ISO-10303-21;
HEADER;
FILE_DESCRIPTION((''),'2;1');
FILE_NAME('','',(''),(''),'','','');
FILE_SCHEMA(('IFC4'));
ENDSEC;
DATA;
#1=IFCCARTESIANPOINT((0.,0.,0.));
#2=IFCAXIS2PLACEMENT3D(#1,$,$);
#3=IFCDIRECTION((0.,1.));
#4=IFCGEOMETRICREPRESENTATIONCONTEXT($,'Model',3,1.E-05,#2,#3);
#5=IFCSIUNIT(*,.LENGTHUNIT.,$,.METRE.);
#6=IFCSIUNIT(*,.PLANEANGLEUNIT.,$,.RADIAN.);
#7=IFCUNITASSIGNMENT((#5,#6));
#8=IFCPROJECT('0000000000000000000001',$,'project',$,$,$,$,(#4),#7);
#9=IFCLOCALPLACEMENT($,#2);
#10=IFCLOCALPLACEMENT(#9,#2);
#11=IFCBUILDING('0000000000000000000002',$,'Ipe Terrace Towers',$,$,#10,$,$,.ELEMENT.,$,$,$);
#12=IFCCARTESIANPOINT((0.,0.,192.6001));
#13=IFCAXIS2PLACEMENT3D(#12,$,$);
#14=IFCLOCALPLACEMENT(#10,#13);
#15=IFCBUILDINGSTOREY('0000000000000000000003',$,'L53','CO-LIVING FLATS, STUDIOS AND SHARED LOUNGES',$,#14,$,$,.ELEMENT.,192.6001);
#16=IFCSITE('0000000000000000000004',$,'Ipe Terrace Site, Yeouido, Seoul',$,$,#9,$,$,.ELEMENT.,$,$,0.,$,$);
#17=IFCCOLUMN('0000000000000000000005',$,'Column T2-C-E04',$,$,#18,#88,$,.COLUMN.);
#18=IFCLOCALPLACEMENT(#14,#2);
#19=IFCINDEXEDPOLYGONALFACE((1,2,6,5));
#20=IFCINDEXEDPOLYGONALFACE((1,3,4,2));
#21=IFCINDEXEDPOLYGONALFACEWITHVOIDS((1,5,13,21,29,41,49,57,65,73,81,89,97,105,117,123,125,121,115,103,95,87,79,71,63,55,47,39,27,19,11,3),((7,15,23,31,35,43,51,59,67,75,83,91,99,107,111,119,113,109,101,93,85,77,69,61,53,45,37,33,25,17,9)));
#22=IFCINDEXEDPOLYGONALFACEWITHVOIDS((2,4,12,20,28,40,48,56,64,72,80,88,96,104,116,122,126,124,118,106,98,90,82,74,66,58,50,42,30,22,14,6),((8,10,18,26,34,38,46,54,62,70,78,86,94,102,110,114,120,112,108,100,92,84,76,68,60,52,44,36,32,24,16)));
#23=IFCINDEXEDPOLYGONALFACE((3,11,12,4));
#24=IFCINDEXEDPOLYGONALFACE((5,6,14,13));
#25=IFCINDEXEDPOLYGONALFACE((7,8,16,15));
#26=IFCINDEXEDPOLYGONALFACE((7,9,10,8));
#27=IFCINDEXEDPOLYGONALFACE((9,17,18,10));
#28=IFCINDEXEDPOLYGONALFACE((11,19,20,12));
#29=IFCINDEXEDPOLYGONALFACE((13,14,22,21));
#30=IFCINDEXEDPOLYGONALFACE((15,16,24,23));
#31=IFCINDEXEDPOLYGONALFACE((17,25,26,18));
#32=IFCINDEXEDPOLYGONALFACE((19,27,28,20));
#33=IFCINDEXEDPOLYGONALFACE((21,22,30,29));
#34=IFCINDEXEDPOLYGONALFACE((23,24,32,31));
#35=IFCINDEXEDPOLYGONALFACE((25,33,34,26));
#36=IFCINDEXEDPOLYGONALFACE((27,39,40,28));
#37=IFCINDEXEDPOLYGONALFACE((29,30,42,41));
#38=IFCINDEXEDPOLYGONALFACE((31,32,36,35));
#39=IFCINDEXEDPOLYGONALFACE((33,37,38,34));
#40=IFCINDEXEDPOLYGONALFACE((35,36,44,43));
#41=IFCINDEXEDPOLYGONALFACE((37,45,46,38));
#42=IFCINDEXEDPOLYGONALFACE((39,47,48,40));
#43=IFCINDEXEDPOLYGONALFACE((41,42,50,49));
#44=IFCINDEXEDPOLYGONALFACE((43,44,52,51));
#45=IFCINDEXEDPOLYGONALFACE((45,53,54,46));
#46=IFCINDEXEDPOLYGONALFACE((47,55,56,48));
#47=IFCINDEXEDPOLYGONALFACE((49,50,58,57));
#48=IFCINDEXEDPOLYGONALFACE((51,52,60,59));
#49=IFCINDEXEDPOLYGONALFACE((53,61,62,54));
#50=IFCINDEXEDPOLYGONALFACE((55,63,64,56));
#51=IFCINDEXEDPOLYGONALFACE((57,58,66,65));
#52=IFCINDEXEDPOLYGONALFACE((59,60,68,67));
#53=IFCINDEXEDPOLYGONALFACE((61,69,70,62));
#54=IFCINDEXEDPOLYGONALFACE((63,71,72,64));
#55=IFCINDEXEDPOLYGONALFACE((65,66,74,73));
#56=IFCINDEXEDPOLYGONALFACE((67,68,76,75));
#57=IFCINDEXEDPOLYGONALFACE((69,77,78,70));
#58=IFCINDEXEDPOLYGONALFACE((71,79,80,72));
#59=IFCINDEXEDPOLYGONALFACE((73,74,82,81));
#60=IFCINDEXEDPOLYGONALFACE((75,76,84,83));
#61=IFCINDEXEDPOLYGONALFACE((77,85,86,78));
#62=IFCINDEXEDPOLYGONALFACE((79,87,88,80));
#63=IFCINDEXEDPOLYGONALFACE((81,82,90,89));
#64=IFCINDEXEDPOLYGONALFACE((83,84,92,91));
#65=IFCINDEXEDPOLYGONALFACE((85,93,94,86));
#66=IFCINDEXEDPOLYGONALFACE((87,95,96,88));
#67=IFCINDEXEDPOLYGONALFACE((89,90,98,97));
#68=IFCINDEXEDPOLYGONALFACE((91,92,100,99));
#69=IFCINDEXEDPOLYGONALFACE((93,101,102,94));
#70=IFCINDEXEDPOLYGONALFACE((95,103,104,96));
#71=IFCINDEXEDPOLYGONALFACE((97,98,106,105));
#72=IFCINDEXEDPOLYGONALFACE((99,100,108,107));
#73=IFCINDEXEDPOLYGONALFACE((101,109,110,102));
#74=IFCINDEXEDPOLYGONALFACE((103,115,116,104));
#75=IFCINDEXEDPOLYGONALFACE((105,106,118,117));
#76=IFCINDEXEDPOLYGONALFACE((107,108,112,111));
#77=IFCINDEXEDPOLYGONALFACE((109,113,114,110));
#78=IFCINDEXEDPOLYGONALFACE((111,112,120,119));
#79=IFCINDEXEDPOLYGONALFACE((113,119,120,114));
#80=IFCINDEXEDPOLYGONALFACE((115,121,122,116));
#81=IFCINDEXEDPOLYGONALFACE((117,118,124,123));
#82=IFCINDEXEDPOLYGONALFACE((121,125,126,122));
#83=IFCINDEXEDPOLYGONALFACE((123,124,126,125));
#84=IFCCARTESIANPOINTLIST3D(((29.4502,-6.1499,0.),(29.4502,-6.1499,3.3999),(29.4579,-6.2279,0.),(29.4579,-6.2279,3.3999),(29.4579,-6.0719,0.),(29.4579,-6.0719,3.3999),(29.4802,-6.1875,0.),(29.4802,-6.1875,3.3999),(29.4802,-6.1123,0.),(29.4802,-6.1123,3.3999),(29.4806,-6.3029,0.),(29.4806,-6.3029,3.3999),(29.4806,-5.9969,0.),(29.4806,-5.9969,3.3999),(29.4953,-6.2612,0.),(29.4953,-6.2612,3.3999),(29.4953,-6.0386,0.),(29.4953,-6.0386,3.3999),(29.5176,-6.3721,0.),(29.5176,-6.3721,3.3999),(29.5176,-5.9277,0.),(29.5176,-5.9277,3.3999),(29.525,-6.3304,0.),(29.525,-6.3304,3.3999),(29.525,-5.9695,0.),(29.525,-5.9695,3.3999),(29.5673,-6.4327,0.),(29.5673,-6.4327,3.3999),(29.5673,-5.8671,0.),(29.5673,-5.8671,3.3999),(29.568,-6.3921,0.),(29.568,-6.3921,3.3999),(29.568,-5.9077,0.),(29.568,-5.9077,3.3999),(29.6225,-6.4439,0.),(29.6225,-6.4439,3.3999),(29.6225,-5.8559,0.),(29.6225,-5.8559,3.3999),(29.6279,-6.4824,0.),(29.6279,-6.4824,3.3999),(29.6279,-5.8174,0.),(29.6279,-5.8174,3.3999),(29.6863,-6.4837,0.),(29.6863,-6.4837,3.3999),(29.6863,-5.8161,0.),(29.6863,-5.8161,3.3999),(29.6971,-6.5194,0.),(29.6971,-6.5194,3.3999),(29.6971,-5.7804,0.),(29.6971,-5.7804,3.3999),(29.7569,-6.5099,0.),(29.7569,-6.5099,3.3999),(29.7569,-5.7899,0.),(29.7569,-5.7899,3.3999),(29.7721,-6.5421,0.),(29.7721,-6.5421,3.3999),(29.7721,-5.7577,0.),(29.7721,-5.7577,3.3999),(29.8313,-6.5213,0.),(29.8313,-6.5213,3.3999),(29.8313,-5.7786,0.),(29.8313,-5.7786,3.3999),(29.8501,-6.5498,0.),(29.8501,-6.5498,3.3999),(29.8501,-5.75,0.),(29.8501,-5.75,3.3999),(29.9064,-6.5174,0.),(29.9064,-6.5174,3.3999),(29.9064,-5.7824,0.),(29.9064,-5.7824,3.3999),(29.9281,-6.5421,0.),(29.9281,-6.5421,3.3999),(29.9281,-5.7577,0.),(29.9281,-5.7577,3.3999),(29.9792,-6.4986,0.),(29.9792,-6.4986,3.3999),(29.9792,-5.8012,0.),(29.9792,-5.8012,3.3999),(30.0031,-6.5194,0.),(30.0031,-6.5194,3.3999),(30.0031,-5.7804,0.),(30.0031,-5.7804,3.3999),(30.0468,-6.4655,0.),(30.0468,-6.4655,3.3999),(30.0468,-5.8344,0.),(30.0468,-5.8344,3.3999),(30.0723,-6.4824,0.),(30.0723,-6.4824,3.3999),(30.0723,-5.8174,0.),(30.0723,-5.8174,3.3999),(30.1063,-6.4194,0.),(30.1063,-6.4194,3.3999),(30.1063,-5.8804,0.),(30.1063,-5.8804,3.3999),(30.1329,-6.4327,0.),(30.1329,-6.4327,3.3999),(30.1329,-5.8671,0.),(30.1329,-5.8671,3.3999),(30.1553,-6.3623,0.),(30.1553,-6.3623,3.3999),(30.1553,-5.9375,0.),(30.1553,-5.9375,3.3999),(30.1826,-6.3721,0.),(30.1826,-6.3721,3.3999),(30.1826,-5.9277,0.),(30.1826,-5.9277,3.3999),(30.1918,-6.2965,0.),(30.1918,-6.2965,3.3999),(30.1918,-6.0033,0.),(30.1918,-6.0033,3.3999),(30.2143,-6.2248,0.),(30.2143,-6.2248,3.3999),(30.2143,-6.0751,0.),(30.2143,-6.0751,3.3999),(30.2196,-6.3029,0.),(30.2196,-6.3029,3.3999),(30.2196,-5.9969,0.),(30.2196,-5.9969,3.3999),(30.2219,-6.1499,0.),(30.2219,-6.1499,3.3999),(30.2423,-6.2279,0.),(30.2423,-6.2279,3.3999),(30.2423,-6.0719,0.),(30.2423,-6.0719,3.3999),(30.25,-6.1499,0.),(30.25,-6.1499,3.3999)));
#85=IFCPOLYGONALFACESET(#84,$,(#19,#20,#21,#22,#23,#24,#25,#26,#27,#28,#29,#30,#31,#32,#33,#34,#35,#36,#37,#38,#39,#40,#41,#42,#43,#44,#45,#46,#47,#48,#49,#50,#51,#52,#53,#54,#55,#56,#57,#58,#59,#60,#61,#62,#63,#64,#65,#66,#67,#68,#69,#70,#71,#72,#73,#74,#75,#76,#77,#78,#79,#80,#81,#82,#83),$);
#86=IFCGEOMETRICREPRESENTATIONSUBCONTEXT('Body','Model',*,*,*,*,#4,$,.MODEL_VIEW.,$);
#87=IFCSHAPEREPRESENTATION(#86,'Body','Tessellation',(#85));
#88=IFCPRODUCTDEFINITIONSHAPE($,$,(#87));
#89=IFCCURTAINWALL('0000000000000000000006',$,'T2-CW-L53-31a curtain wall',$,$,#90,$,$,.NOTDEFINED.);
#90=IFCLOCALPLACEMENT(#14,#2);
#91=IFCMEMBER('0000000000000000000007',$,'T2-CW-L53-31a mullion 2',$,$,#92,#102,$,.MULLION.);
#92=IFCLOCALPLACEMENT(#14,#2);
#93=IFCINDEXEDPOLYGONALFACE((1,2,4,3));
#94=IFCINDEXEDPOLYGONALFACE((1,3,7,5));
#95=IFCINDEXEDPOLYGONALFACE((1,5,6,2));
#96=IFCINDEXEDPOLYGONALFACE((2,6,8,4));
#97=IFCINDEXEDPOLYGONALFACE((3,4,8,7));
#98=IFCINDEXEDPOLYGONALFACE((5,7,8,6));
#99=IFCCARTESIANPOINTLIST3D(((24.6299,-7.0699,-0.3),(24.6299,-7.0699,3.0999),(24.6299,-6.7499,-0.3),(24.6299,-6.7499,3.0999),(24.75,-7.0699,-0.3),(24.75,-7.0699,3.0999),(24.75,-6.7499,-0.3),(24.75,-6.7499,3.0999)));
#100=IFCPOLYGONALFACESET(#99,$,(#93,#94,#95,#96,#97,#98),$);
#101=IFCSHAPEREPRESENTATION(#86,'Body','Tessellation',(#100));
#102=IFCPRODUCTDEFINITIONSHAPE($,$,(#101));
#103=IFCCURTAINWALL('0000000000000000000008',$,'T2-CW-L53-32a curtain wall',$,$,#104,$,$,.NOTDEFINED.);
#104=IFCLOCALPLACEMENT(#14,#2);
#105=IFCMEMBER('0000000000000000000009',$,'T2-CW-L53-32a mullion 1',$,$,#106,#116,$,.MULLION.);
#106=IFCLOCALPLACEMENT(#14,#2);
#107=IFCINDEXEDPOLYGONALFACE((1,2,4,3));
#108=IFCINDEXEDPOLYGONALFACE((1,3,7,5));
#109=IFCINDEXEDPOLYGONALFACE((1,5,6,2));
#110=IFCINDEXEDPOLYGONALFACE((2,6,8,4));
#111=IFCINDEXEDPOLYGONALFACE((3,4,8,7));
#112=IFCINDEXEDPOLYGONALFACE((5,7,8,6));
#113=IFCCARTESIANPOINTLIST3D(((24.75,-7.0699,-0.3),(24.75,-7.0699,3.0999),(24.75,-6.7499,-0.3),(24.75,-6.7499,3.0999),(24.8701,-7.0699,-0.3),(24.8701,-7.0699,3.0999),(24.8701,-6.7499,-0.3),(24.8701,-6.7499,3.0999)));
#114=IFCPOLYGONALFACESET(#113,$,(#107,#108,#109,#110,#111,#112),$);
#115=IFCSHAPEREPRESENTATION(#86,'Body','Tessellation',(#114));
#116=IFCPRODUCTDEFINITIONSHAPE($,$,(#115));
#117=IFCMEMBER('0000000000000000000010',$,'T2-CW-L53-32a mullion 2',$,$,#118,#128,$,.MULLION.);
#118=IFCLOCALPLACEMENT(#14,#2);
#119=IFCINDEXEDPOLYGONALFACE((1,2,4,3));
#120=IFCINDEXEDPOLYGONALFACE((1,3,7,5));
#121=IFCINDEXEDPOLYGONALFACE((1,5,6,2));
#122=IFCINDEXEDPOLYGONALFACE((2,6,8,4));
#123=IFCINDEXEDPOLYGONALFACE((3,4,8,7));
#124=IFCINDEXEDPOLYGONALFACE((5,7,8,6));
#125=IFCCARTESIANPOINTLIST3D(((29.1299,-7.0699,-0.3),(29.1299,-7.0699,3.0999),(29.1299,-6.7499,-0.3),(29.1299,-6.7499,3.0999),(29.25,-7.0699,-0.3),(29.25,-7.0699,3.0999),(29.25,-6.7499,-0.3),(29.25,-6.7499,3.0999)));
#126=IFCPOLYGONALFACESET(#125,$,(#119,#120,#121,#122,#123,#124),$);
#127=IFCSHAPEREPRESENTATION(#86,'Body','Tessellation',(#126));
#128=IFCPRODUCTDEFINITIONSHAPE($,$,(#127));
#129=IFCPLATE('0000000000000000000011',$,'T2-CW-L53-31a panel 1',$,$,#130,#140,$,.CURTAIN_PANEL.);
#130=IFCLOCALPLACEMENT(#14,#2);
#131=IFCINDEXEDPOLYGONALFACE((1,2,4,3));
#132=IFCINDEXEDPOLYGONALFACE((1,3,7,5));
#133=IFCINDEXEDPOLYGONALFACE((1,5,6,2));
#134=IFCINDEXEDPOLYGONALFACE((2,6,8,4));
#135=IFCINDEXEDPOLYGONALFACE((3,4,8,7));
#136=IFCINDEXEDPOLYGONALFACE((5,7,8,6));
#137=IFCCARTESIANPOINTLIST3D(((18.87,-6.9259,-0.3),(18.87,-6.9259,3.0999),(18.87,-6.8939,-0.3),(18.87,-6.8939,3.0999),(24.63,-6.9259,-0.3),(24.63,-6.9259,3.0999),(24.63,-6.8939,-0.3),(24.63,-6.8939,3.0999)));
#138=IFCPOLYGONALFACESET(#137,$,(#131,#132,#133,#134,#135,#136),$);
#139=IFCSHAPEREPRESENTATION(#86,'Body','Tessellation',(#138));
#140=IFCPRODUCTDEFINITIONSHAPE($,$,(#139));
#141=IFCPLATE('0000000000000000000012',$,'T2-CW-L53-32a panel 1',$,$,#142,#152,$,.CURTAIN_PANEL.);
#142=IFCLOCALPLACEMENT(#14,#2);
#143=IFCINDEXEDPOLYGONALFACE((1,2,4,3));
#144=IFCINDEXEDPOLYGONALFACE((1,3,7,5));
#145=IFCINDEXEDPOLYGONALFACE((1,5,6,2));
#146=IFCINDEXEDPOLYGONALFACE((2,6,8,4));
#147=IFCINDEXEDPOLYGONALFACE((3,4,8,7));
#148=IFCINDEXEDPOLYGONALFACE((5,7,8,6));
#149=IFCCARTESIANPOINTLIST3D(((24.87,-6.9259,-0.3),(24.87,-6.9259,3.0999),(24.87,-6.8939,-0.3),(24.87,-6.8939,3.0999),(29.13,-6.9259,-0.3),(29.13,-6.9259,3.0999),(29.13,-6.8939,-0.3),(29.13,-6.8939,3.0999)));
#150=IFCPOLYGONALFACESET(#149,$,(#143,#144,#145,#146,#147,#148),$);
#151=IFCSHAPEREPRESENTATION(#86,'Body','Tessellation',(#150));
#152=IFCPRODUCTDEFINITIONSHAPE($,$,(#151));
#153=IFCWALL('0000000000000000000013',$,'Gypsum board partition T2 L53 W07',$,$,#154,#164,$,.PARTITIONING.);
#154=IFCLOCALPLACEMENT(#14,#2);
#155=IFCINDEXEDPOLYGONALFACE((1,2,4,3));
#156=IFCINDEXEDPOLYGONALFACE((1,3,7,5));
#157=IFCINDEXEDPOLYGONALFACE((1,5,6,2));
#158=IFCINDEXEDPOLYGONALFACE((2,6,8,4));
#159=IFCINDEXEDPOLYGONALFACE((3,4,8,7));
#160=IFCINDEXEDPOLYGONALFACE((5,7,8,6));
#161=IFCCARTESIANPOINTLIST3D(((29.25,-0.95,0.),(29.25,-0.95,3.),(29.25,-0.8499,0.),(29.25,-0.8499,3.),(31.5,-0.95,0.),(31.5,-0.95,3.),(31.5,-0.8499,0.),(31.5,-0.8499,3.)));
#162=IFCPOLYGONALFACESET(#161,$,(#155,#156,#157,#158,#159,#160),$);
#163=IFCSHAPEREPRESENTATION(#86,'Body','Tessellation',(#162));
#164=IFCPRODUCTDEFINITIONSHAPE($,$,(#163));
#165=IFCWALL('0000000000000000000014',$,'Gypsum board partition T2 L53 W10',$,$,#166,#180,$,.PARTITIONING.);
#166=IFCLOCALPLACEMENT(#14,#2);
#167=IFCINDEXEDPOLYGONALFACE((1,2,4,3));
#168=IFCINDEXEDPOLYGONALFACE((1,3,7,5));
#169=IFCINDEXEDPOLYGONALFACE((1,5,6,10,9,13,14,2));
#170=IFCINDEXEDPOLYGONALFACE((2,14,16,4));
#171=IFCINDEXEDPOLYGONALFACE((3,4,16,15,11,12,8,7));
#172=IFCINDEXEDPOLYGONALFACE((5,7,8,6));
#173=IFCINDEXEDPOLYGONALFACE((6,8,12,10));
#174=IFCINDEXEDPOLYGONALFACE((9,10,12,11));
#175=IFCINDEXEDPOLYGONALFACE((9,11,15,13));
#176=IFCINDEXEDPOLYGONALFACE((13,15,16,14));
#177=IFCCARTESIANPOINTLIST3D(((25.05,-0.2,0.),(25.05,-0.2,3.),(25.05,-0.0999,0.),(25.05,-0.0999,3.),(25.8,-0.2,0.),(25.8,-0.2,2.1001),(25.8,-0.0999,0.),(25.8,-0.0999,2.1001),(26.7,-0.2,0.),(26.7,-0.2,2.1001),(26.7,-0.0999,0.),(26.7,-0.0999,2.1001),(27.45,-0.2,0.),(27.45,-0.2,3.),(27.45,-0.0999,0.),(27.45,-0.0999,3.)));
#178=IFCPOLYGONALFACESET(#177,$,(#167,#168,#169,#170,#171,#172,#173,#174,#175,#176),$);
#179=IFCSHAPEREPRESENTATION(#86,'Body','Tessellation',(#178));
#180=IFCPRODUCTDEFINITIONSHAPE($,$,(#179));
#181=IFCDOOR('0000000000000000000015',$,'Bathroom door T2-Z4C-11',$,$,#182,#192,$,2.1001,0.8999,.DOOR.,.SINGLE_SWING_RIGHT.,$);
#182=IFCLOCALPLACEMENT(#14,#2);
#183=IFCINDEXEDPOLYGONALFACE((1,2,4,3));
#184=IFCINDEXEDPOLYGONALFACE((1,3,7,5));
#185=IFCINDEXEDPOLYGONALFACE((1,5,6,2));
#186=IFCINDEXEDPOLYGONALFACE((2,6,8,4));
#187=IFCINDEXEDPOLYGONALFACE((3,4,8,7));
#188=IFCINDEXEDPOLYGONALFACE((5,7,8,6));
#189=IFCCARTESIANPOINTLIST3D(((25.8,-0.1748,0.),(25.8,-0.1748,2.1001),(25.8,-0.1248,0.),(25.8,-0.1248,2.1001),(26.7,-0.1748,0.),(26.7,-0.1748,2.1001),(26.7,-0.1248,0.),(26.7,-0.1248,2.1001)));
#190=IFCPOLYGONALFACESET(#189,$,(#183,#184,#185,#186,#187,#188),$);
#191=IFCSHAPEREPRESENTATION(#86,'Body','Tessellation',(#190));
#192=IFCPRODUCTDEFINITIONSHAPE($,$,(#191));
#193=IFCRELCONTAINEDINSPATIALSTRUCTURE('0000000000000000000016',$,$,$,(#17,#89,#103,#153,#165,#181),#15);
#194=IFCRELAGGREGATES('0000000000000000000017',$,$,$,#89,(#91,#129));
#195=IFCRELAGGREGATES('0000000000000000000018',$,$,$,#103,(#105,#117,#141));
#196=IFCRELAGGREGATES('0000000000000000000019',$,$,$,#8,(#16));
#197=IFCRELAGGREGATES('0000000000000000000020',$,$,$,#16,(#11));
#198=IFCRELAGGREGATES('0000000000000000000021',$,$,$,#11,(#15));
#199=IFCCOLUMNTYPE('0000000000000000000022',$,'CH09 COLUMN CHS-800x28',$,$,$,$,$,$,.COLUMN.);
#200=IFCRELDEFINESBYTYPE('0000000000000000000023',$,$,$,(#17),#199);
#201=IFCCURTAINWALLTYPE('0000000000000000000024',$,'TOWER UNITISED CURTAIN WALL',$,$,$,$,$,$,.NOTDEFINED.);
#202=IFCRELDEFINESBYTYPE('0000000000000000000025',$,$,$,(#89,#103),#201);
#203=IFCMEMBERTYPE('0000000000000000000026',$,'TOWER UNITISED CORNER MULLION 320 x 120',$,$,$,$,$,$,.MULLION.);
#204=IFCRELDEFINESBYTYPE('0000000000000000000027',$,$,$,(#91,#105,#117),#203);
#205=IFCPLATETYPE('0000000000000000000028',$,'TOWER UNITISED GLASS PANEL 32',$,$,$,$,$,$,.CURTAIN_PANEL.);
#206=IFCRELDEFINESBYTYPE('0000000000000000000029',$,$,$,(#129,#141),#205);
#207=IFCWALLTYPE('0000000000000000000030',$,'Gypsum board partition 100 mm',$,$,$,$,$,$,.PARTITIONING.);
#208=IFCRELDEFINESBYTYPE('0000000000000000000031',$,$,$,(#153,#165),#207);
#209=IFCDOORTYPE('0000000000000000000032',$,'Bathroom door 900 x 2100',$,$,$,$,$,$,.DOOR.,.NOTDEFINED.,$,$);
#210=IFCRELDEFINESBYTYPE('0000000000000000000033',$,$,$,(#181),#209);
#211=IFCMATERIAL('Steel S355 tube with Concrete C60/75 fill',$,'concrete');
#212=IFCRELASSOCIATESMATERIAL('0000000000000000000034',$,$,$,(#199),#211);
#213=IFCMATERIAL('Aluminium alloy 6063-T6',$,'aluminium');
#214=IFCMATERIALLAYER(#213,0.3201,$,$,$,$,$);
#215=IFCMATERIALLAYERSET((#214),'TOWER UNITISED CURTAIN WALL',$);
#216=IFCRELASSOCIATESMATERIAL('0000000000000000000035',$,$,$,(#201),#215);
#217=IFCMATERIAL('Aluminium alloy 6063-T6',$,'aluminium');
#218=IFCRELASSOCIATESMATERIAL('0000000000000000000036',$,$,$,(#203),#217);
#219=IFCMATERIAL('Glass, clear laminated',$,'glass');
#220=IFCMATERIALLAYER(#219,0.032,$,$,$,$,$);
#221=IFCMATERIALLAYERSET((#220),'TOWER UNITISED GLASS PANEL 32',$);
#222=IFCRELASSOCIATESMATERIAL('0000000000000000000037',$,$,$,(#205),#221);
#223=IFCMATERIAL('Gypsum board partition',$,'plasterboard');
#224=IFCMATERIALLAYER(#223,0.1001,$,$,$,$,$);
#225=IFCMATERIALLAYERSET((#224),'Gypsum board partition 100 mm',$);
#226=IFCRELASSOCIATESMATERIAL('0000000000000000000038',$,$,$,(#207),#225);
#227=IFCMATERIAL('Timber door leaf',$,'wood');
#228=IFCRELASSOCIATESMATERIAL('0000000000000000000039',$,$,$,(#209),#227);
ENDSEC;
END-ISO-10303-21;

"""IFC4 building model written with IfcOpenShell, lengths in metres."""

from ifc_helpers import new_model, si_unit, direction, frame, frame_2d, origin, origin_2d, place, context, subcontext, project, spatial, rectangle, hollow_circle, extrude, material, layer, layer_set, material_profile, profile_set, type_object, element, fill, aggregate, save


model = new_model("IFC4")

# Units and contexts
model_context = context("Model", 3, precision=1e-05, world=origin(), true_north=direction((0.0, 1.0)))
body_context = subcontext(model_context, "Body", "Model", "MODEL_VIEW")
ifc_project = project(units=[si_unit("LENGTHUNIT", "METRE"), si_unit("PLANEANGLEUNIT", "RADIAN")], contexts=[model_context])

# Site, building, storey
site_placement = place(None, origin())
site = spatial("IfcSite", under=ifc_project, at=site_placement, Name="Ipe Terrace Site, Yeouido, Seoul", CompositionType="ELEMENT", RefElevation=0.0)
building_placement = place(site_placement, origin())
building = spatial("IfcBuilding", under=site, at=building_placement, Name="Ipe Terrace Towers", CompositionType="ELEMENT")
storey_placement = place(building_placement, frame((0.0, 0.0, 192.6001)))
storey = spatial("IfcBuildingStorey", under=building, at=storey_placement, Name="L53", Description="CO-LIVING FLATS, STUDIOS AND SHARED LOUNGES", CompositionType="ELEMENT", Elevation=192.6001)

# Column
ifc_material_1 = material(Name="Steel S355 tube with Concrete C60/75 fill", Category="concrete")
ifc_material_profile_1 = material_profile(ifc_material_1, hollow_circle(Radius=0.3999, WallThickness=0.0281, at=origin_2d()), Name="CHS-800x28")
ifc_profile_set_1 = profile_set([ifc_material_profile_1], Name="Steel S355 tube with Concrete C60/75 fill")
column_type = type_object("IfcColumnType", Name="CH09 COLUMN CHS-800x28", PredefinedType="COLUMN", material=ifc_profile_set_1)
column_placement = place(storey_placement, frame((29.8501, -6.1499, 0.0), z_axis=(0.0, 0.0, 1.0), x_axis=(1.0, 0.0, 0.0)))
element("IfcColumn", 1, at=column_placement, inside=storey, type_object=column_type, Name="Column T2-C-E04", PredefinedType="COLUMN", context=body_context, shape_type="SweptSolid", body=[
    extrude(hollow_circle(Radius=0.3999, WallThickness=0.0281, at=origin_2d()), origin(), (0.0, 0.0, 1.0), 3.3999),
])

# Curtain wall, member
ifc_material_2 = material(Name="Aluminium alloy 6063-T6", Category="aluminium")
ifc_layer_1 = layer(ifc_material_2, 0.3201)
ifc_layer_set_1 = layer_set([ifc_layer_1], Name="TOWER UNITISED CURTAIN WALL")
curtain_wall_type = type_object("IfcCurtainWallType", Name="TOWER UNITISED CURTAIN WALL", PredefinedType="NOTDEFINED", material=ifc_layer_set_1)
curtain_wall_1_placement = place(storey_placement, origin())
curtain_wall_1 = element("IfcCurtainWall", 2, at=curtain_wall_1_placement, inside=storey, type_object=curtain_wall_type, Name="T2-CW-L53-31a curtain wall", PredefinedType="NOTDEFINED")
ifc_material_3 = material(Name="Aluminium alloy 6063-T6", Category="aluminium")
ifc_material_profile_2 = material_profile(ifc_material_3, rectangle(XDim=0.3201, YDim=0.1201, at=origin_2d()), Name="TOWER UNITISED CORNER MULLION 320 x 120")
ifc_profile_set_2 = profile_set([ifc_material_profile_2], Name="Aluminium alloy 6063-T6")
member_type = type_object("IfcMemberType", Name="TOWER UNITISED CORNER MULLION 320 x 120", PredefinedType="MULLION", material=ifc_profile_set_2)
member_1_placement = place(storey_placement, frame((24.6899, -6.9099, -0.3), z_axis=(0.0, 0.0, 1.0), x_axis=(0.0, -1.0, 0.0)))
member_1 = element("IfcMember", 3, at=member_1_placement, type_object=member_type, Name="T2-CW-L53-31a mullion 2", PredefinedType="MULLION", context=body_context, shape_type="SweptSolid", body=[
    extrude(rectangle(XDim=0.3201, YDim=0.1201, at=origin_2d()), origin(), (0.0, 0.0, 1.0), 3.3999),
])

# Curtain wall, members
curtain_wall_2_placement = place(storey_placement, origin())
curtain_wall_2 = element("IfcCurtainWall", 4, at=curtain_wall_2_placement, inside=storey, type_object=curtain_wall_type, Name="T2-CW-L53-32a curtain wall", PredefinedType="NOTDEFINED")
member_2_placement = place(storey_placement, frame((24.8101, -6.9099, -0.3), z_axis=(0.0, 0.0, 1.0), x_axis=(0.0, -1.0, 0.0)))
member_2 = element("IfcMember", 5, at=member_2_placement, type_object=member_type, Name="T2-CW-L53-32a mullion 1", PredefinedType="MULLION", context=body_context, shape_type="SweptSolid", body=[
    extrude(rectangle(XDim=0.3201, YDim=0.1201, at=origin_2d()), origin(), (0.0, 0.0, 1.0), 3.3999),
])
member_3_placement = place(storey_placement, frame((29.1899, -6.9099, -0.3), z_axis=(0.0, 0.0, 1.0), x_axis=(0.0, -1.0, 0.0)))
member_3 = element("IfcMember", 6, at=member_3_placement, type_object=member_type, Name="T2-CW-L53-32a mullion 2", PredefinedType="MULLION", context=body_context, shape_type="SweptSolid", body=[
    extrude(rectangle(XDim=0.3201, YDim=0.1201, at=origin_2d()), origin(), (0.0, 0.0, 1.0), 3.3999),
])

# Plates
ifc_material_4 = material(Name="Glass, clear laminated", Category="glass")
ifc_layer_2 = layer(ifc_material_4, 0.032)
ifc_layer_set_2 = layer_set([ifc_layer_2], Name="TOWER UNITISED GLASS PANEL 32")
plate_type = type_object("IfcPlateType", Name="TOWER UNITISED GLASS PANEL 32", PredefinedType="CURTAIN_PANEL", material=ifc_layer_set_2)
plate_1_placement = place(storey_placement, frame((21.75, -6.9099, -0.3), z_axis=(0.0, 0.0, 1.0), x_axis=(1.0, 0.0, 0.0)))
plate_1 = element("IfcPlate", 7, at=plate_1_placement, type_object=plate_type, Name="T2-CW-L53-31a panel 1", PredefinedType="CURTAIN_PANEL", context=body_context, shape_type="SweptSolid", body=[
    extrude(rectangle(XDim=5.76, YDim=0.032, at=origin_2d()), origin(), (0.0, 0.0, 1.0), 3.3999),
])
aggregate(curtain_wall_1, [member_1, plate_1])
plate_2_placement = place(storey_placement, frame((27.0, -6.9099, -0.3), z_axis=(0.0, 0.0, 1.0), x_axis=(1.0, 0.0, 0.0)))
plate_2 = element("IfcPlate", 8, at=plate_2_placement, type_object=plate_type, Name="T2-CW-L53-32a panel 1", PredefinedType="CURTAIN_PANEL", context=body_context, shape_type="SweptSolid", body=[
    extrude(rectangle(XDim=4.26, YDim=0.032, at=origin_2d()), origin(), (0.0, 0.0, 1.0), 3.3999),
])
aggregate(curtain_wall_2, [member_2, member_3, plate_2])

# Wall
ifc_material_5 = material(Name="Gypsum board partition", Category="plasterboard")
ifc_layer_3 = layer(ifc_material_5, 0.1001)
ifc_layer_set_3 = layer_set([ifc_layer_3], Name="Gypsum board partition 100 mm")
wall_type_1 = type_object("IfcWallType", Name="Gypsum board partition 100 mm", PredefinedType="PARTITIONING", material=ifc_layer_set_3)
wall_1_placement = place(storey_placement, frame((31.5, -0.8999, 0.0), z_axis=(0.0, 0.0, 1.0), x_axis=(-1.0, 0.0, 0.0)))
element("IfcWall", 9, at=wall_1_placement, inside=storey, type_object=wall_type_1, Name="Gypsum board partition T2 L53 W07", PredefinedType="PARTITIONING", context=body_context, shape_type="SweptSolid", body=[
    extrude(rectangle(XDim=2.25, YDim=0.1001, at=frame_2d((1.125, 0.0))), origin(), (0.0, 0.0, 1.0), 3.0),
])

# Wall, opening, door
wall_2_placement = place(storey_placement, frame((27.45, -0.1499, 0.0), z_axis=(0.0, 0.0, 1.0), x_axis=(-1.0, 0.0, 0.0)))
wall_2 = element("IfcWall", 10, at=wall_2_placement, inside=storey, type_object=wall_type_1, Name="Gypsum board partition T2 L53 W10", PredefinedType="PARTITIONING", context=body_context, shape_type="SweptSolid", body=[
    extrude(rectangle(XDim=2.3999, YDim=0.1001, at=frame_2d((1.2, 0.0))), origin(), (0.0, 0.0, 1.0), 3.0),
])
opening_1_placement = place(wall_2_placement, frame((0.75, 0.0, 0.0)))
opening_1 = element("IfcOpeningElement", 11, at=opening_1_placement, cuts=wall_2, PredefinedType="OPENING", context=body_context, shape_type="SweptSolid", body=[
    extrude(rectangle(XDim=0.8999, YDim=2.1001, at=frame_2d((0.45, 1.05))), frame((0.0, 0.0601, 0.0), z_axis=(0.0, -1.0, 0.0), x_axis=(1.0, 0.0, 0.0)), (0.0, 0.0, 1.0), 0.1201),
])
ifc_material_6 = material(Name="Timber door leaf", Category="wood")
door_type_1 = type_object("IfcDoorType", Name="Bathroom door 900 x 2100", OperationType="NOTDEFINED", PredefinedType="DOOR", material=ifc_material_6)
door_1_placement = place(opening_1_placement, origin())
door_1 = element("IfcDoor", 12, at=door_1_placement, inside=storey, type_object=door_type_1, Name="Bathroom door T2-Z4C-11", OperationType="SINGLE_SWING_RIGHT", OverallHeight=2.1001, OverallWidth=0.8999, PredefinedType="DOOR", context=body_context, shape_type="SweptSolid", body=[
    extrude(rectangle(XDim=0.8999, YDim=2.1001, at=frame_2d((0.45, 1.05))), frame((0.0, 0.0249, 0.0), z_axis=(0.0, -1.0, 0.0), x_axis=(1.0, 0.0, 0.0)), (0.0, 0.0, 1.0), 0.05),
])
fill(opening_1, door_1)

save(model, "model.ifc")
